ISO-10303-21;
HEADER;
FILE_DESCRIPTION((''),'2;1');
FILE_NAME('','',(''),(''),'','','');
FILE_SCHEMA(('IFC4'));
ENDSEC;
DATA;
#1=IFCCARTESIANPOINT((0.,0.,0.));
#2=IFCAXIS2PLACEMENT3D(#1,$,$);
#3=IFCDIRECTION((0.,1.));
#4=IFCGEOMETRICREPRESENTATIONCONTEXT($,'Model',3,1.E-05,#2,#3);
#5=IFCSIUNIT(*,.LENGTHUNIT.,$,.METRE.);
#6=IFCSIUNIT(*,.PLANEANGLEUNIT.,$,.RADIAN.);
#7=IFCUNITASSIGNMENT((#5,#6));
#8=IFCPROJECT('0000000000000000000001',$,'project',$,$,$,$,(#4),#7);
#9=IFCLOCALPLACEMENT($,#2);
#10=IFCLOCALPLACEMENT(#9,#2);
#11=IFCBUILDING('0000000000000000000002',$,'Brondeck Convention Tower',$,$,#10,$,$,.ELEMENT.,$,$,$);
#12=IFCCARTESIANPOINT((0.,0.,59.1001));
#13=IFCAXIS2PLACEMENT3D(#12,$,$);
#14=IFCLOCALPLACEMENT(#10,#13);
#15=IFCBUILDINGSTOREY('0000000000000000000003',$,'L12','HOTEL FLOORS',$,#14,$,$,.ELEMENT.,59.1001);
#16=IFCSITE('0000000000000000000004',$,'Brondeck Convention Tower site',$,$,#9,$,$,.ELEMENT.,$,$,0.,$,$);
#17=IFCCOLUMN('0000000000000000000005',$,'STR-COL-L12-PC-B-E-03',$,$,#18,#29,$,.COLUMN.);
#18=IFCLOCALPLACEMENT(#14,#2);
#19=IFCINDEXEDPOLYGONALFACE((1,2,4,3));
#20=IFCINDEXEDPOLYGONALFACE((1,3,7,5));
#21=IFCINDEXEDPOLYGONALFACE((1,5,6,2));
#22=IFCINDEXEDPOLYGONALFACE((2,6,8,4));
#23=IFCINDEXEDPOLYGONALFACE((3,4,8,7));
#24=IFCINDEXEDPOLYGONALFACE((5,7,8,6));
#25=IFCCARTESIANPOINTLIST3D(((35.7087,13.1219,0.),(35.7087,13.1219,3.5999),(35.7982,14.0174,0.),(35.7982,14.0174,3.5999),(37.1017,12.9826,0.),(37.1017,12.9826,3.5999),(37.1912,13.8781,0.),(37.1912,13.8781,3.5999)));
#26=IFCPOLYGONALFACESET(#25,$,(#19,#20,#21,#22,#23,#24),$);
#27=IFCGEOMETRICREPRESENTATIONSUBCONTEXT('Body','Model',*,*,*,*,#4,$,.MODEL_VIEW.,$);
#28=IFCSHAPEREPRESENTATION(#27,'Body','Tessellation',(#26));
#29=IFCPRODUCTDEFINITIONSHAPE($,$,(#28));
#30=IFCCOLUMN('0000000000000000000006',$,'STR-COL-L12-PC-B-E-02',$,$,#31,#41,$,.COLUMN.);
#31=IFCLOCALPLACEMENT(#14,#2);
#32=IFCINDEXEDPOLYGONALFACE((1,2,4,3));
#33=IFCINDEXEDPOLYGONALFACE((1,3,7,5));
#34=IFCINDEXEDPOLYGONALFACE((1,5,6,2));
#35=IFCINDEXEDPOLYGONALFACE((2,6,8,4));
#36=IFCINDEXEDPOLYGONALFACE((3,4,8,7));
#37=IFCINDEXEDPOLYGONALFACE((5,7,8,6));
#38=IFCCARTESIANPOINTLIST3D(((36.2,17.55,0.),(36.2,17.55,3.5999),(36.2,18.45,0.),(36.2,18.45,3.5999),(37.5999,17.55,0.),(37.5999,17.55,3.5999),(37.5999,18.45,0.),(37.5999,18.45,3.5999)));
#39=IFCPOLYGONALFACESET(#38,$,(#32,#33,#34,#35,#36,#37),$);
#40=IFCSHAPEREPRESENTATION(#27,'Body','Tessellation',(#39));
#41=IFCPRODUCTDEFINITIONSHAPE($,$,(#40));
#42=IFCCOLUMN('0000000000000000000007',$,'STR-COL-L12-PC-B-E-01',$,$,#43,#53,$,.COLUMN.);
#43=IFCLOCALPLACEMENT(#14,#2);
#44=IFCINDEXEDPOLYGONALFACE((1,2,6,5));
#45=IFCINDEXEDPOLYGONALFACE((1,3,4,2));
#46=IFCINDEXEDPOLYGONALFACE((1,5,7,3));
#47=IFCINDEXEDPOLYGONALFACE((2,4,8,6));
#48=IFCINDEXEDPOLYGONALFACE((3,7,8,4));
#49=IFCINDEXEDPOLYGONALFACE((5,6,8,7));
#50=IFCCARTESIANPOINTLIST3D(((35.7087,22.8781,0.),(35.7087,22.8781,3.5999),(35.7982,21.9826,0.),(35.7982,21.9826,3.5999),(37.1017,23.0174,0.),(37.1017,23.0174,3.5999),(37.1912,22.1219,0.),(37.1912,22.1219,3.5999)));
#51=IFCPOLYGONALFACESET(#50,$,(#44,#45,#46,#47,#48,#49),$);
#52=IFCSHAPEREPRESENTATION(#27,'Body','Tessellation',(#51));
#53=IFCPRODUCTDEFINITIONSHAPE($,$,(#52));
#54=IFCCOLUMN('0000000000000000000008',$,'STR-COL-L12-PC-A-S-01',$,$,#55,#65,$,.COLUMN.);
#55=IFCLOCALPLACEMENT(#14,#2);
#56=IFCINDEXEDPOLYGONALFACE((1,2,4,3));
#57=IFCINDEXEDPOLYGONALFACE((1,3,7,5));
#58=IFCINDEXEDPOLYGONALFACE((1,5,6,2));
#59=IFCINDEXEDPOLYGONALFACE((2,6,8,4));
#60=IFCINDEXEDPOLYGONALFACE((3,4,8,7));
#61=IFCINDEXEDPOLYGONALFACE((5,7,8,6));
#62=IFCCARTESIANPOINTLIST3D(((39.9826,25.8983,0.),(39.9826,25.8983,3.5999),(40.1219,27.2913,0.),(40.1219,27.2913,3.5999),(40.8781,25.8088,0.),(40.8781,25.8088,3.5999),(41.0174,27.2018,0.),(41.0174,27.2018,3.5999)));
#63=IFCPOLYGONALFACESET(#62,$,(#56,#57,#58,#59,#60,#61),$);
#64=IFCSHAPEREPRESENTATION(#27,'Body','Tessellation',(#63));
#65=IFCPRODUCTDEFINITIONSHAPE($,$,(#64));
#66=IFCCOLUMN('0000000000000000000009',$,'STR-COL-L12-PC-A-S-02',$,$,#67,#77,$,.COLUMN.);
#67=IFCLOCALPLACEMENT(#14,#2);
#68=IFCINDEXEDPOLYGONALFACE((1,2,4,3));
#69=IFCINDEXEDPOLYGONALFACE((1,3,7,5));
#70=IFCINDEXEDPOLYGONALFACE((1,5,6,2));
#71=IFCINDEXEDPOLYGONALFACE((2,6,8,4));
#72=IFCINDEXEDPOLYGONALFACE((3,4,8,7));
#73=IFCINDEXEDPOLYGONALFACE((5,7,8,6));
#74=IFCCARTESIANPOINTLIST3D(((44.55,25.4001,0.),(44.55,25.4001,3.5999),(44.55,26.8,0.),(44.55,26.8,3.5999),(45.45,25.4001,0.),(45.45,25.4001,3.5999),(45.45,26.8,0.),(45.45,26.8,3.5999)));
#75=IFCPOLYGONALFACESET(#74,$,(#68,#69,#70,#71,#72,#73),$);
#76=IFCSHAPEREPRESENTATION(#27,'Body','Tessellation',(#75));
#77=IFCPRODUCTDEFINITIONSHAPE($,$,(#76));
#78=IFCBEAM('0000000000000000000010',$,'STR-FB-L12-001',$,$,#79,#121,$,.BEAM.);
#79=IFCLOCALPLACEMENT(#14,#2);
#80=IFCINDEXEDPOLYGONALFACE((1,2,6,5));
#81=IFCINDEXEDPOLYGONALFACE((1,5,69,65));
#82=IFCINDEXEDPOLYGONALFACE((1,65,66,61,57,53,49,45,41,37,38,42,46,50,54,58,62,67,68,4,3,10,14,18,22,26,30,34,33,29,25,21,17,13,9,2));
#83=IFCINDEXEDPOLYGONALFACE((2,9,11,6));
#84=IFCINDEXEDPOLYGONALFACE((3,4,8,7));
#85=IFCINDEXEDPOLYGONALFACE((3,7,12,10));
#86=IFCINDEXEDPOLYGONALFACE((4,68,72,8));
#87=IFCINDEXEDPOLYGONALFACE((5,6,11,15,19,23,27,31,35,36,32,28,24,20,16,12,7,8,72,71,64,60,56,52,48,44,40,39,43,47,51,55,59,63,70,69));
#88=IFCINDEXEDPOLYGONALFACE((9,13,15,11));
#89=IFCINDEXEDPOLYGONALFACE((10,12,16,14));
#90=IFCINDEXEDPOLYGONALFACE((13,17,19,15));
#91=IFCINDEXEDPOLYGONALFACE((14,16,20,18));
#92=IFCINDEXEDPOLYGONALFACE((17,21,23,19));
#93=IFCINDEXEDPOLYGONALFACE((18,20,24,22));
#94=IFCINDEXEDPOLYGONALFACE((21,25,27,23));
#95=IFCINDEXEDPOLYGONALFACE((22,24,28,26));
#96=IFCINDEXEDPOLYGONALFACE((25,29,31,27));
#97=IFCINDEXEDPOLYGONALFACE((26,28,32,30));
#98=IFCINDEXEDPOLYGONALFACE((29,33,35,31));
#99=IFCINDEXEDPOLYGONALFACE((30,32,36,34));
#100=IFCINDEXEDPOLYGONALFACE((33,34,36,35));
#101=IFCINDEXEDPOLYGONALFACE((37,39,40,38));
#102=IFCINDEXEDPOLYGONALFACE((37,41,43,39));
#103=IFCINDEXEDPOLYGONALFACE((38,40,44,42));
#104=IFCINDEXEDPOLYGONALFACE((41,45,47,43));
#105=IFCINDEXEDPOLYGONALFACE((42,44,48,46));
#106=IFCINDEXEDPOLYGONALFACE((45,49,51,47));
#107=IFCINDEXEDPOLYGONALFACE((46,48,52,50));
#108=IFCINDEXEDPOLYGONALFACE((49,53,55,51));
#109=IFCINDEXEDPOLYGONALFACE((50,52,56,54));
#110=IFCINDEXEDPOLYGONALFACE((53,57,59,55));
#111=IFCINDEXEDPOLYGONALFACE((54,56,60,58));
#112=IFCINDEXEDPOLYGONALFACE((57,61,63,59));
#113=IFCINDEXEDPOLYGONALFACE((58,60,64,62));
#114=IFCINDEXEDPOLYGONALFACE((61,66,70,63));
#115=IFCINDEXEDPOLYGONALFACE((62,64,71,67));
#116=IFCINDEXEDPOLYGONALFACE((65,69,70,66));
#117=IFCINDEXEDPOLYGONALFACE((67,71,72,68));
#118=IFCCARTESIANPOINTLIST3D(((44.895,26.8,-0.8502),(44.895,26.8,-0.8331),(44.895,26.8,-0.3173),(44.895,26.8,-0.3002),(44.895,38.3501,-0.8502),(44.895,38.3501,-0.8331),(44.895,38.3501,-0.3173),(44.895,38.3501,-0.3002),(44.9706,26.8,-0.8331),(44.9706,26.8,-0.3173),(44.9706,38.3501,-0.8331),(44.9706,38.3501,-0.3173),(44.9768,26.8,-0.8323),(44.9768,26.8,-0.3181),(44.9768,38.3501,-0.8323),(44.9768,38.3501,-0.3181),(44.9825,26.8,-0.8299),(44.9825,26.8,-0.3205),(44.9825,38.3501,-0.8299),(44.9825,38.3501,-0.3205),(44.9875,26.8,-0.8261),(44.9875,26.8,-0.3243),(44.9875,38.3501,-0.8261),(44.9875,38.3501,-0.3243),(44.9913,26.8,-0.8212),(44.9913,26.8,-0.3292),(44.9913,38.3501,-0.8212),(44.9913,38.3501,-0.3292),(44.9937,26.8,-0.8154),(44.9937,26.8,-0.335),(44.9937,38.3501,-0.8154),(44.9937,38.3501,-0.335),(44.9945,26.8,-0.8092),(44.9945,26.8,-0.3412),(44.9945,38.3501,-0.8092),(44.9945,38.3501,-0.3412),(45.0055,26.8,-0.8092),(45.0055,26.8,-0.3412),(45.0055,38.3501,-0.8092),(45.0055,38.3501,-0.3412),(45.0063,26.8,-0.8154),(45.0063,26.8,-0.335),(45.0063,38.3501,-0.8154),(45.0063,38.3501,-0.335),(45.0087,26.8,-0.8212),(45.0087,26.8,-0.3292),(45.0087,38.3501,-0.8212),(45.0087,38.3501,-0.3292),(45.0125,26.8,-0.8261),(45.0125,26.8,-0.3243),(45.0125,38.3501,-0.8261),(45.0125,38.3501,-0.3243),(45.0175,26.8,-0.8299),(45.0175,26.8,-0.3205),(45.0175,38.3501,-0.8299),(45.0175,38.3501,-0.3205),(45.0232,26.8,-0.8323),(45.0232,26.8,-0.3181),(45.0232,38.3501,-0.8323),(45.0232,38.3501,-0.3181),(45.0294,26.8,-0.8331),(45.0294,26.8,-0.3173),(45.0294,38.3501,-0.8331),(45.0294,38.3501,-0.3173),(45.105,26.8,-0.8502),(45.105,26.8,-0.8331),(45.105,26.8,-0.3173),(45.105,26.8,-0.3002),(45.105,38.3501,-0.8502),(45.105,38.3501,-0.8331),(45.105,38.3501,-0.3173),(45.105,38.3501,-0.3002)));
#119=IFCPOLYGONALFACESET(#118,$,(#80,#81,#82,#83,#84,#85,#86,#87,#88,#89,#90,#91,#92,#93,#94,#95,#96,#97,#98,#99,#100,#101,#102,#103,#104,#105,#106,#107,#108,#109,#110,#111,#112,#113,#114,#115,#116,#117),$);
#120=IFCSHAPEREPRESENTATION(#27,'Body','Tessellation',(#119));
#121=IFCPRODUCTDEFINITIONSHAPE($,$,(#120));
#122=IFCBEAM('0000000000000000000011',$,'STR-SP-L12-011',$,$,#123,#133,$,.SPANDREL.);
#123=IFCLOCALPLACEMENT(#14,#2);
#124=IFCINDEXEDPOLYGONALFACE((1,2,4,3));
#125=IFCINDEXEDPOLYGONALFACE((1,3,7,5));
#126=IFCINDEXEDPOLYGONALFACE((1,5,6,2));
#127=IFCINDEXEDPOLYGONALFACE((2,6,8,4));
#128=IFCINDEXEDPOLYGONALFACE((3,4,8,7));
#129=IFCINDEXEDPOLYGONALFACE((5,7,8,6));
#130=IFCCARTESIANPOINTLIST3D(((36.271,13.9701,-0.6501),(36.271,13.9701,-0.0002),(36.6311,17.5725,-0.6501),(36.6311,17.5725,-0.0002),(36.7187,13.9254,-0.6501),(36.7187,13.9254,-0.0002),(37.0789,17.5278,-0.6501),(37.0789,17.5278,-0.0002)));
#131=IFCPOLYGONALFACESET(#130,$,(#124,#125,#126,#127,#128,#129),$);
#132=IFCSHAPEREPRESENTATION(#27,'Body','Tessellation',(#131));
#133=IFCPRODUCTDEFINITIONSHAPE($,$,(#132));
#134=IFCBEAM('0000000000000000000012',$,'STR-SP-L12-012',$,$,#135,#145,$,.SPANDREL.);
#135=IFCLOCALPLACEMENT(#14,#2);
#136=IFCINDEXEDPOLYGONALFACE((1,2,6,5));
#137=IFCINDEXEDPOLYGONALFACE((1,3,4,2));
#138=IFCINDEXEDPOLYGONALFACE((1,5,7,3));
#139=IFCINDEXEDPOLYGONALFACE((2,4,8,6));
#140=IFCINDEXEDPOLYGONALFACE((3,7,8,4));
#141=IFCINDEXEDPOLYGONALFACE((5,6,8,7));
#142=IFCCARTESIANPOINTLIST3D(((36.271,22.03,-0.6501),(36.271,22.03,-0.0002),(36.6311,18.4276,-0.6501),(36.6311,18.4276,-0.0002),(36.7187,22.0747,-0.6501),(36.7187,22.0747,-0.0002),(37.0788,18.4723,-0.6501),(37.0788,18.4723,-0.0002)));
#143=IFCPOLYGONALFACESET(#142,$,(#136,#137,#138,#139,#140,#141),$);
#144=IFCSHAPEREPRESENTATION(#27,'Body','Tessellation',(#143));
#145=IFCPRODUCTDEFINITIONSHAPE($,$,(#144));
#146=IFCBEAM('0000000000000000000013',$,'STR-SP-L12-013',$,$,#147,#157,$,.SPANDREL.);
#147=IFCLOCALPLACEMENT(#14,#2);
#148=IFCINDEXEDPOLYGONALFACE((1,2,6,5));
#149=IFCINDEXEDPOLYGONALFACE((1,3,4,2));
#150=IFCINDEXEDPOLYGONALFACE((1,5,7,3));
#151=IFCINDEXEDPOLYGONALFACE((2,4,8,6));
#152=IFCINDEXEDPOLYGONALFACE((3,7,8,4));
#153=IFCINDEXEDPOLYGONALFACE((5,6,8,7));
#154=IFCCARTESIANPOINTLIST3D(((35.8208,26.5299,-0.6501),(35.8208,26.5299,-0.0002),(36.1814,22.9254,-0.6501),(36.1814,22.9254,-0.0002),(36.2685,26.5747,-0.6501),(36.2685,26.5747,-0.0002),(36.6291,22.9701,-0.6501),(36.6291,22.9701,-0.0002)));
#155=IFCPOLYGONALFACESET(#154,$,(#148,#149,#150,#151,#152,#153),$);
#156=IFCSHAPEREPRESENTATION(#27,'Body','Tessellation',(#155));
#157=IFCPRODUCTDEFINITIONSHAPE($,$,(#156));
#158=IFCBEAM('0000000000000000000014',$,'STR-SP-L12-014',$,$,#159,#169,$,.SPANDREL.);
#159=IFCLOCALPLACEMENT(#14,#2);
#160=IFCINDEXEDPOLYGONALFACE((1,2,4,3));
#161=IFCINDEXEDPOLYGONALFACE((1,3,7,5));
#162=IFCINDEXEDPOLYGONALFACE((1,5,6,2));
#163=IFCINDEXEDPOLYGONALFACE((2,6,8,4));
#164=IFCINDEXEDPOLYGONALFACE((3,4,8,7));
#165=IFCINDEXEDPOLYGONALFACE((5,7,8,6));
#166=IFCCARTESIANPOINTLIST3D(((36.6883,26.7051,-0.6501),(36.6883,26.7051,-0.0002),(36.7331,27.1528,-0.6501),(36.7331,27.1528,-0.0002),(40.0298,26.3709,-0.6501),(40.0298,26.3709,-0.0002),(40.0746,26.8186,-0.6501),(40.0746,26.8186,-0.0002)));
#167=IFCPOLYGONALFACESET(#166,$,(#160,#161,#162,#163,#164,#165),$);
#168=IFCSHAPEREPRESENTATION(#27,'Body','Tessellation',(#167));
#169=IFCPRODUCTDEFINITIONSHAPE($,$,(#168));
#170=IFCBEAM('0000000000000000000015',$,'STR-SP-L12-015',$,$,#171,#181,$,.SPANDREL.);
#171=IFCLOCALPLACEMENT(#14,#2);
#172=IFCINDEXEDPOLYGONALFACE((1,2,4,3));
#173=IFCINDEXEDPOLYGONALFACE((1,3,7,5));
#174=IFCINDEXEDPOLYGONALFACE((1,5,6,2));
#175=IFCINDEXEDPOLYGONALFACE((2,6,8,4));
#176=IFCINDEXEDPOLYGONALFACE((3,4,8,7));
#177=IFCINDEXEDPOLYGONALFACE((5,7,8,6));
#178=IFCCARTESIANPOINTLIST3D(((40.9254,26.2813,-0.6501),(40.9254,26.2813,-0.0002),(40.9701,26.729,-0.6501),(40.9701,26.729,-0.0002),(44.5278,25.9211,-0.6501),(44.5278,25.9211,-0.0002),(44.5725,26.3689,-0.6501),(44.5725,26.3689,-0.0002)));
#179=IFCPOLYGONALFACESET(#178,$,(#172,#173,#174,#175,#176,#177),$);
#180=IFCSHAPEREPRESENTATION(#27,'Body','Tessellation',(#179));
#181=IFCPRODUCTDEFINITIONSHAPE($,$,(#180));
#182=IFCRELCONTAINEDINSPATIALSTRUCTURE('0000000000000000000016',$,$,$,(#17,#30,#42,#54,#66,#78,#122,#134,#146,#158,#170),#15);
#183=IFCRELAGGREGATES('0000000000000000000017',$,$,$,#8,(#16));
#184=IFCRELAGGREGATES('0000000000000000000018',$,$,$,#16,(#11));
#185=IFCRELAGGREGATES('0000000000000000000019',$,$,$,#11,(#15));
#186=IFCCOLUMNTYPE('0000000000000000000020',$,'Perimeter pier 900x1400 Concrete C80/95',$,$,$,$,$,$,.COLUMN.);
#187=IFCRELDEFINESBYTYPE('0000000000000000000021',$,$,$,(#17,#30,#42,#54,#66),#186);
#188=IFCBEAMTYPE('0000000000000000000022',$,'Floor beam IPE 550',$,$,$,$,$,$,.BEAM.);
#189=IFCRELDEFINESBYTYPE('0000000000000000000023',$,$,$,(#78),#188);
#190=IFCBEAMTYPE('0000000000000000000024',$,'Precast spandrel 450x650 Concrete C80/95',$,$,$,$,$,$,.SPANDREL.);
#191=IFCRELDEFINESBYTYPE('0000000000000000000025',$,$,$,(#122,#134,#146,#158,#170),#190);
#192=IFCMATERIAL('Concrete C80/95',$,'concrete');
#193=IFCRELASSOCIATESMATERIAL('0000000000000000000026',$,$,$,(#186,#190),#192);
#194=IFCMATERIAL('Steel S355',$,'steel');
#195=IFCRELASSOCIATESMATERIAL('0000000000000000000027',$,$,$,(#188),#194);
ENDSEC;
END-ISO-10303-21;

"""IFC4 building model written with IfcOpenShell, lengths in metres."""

from ifc_helpers import new_model, si_unit, direction, frame, origin, origin_2d, place, context, subcontext, project, spatial, rectangle, i_section, extrude, material, material_profile, profile_set, type_object, element, save


model = new_model("IFC4")

# Units and contexts
model_context = context("Model", 3, precision=1e-05, world=origin(), true_north=direction((0.0, 1.0)))
body_context = subcontext(model_context, "Body", "Model", "MODEL_VIEW")
ifc_project = project(units=[si_unit("LENGTHUNIT", "METRE"), si_unit("PLANEANGLEUNIT", "RADIAN")], contexts=[model_context])

# Site, building, storey
site_placement = place(None, origin())
site = spatial("IfcSite", under=ifc_project, at=site_placement, Name="Brondeck Convention Tower site", CompositionType="ELEMENT", RefElevation=0.0)
building_placement = place(site_placement, origin())
building = spatial("IfcBuilding", under=site, at=building_placement, Name="Brondeck Convention Tower", CompositionType="ELEMENT")
storey_placement = place(building_placement, frame((0.0, 0.0, 59.1001)))
storey = spatial("IfcBuildingStorey", under=building, at=storey_placement, Name="L12", Description="HOTEL FLOORS", CompositionType="ELEMENT", Elevation=59.1001)

# Columns
ifc_material_1 = material(Name="Concrete C80/95", Category="concrete")
ifc_material_profile_1 = material_profile(ifc_material_1, rectangle(XDim=0.8999, YDim=1.3999, at=origin_2d()), Name="Perimeter pier 900x1400 Concrete C80/95")
ifc_profile_set_1 = profile_set([ifc_material_profile_1], Name="Concrete C80/95")
column_type = type_object("IfcColumnType", Name="Perimeter pier 900x1400 Concrete C80/95", PredefinedType="COLUMN", material=ifc_profile_set_1)
for number, where, z_axis, x_axis, name in (
    (1, (36.45, 13.5, 0.0), (0.0, 0.0, 1.0), (0.099504, 0.995037, 0.0), "STR-COL-L12-PC-B-E-03"),
    (2, (36.8999, 18.0, 0.0), (0.0, 0.0, 1.0), (0.0, 1.0, 0.0), "STR-COL-L12-PC-B-E-02"),
    (3, (36.45, 22.5, 0.0), (0.0, 0.0, 1.0), (-0.099504, 0.995037, 0.0), "STR-COL-L12-PC-B-E-01"),
    (4, (40.5, 26.55, 0.0), (0.0, 0.0, 1.0), (0.995037, -0.099504, 0.0), "STR-COL-L12-PC-A-S-01"),
    (5, (45.0, 26.1001, 0.0), (0.0, 0.0, 1.0), (1.0, 0.0, 0.0), "STR-COL-L12-PC-A-S-02"),
):
    element("IfcColumn", number, at=place(storey_placement, frame(where, z_axis=z_axis, x_axis=x_axis)), inside=storey, type_object=column_type, Name=name, PredefinedType="COLUMN", context=body_context, shape_type="SweptSolid", body=[
        extrude(rectangle(XDim=0.8999, YDim=1.3999, at=origin_2d()), origin(), (0.0, 0.0, 1.0), 3.5999),
    ])

# Beams
ifc_material_2 = material(Name="Steel S355", Category="steel")
ifc_material_profile_2 = material_profile(ifc_material_2, i_section(OverallWidth=0.21, OverallDepth=0.55, WebThickness=0.011, FlangeThickness=0.0171, FilletRadius=0.0239, at=origin_2d()), Name="IPE 550")
ifc_profile_set_2 = profile_set([ifc_material_profile_2], Name="Steel S355")
beam_type_1 = type_object("IfcBeamType", Name="Floor beam IPE 550", PredefinedType="BEAM", material=ifc_profile_set_2)
beam_1_placement = place(storey_placement, frame((45.0, 26.8, -0.5752), z_axis=(0.0, 1.0, 0.0), x_axis=(-1.0, 0.0, 0.0)))
element("IfcBeam", 6, at=beam_1_placement, inside=storey, type_object=beam_type_1, Name="STR-FB-L12-001", PredefinedType="BEAM", context=body_context, shape_type="SweptSolid", body=[
    extrude(i_section(OverallWidth=0.21, OverallDepth=0.55, WebThickness=0.011, FlangeThickness=0.0171, FilletRadius=0.0239, at=origin_2d()), origin(), (0.0, 0.0, 1.0), 11.55),
])
ifc_material_profile_3 = material_profile(ifc_material_1, rectangle(XDim=0.45, YDim=0.6499, at=origin_2d()), Name="Precast spandrel 450x650 Concrete C80/95")
ifc_profile_set_3 = profile_set([ifc_material_profile_3], Name="Concrete C80/95")
beam_type_2 = type_object("IfcBeamType", Name="Precast spandrel 450x650 Concrete C80/95", PredefinedType="SPANDREL", material=ifc_profile_set_3)
for number, where, z_axis, x_axis, name in (
    (7, (36.4949, 13.9478, -0.3252), (0.09947, 0.995041, 0.0), (-0.995041, 0.09947, 0.0), "STR-SP-L12-011"),
    (8, (36.855, 18.45, -0.3252), (-0.09947, 0.995041, 0.0), (-0.995041, -0.09947, 0.0), "STR-SP-L12-012"),
):
    element("IfcBeam", number, at=place(storey_placement, frame(where, z_axis=z_axis, x_axis=x_axis)), inside=storey, type_object=beam_type_2, Name=name, PredefinedType="SPANDREL", context=body_context, shape_type="SweptSolid", body=[
        extrude(rectangle(XDim=0.45, YDim=0.6499, at=origin_2d()), origin(), (0.0, 0.0, 1.0), 3.6204),
    ])
beam_2_placement = place(storey_placement, frame((36.4053, 22.9478, -0.3252), z_axis=(-0.099544, 0.995033, 0.0), x_axis=(-0.995033, -0.099544, 0.0)))
element("IfcBeam", 9, at=beam_2_placement, inside=storey, type_object=beam_type_2, Name="STR-SP-L12-013", PredefinedType="SPANDREL", context=body_context, shape_type="SweptSolid", body=[
    extrude(rectangle(XDim=0.45, YDim=0.6499, at=origin_2d()), origin(), (0.0, 0.0, 1.0), 3.6226),
])
beam_3_placement = place(storey_placement, frame((36.7107, 26.929, -0.3252), z_axis=(0.995035, -0.099525, 0.0), x_axis=(0.099525, 0.995035, 0.0)))
element("IfcBeam", 10, at=beam_3_placement, inside=storey, type_object=beam_type_2, Name="STR-SP-L12-014", PredefinedType="SPANDREL", context=body_context, shape_type="SweptSolid", body=[
    extrude(rectangle(XDim=0.45, YDim=0.6499, at=origin_2d()), origin(), (0.0, 0.0, 1.0), 3.3582),
])
beam_4_placement = place(storey_placement, frame((40.9478, 26.5051, -0.3252), z_axis=(0.995041, -0.09947, 0.0), x_axis=(0.09947, 0.995041, 0.0)))
element("IfcBeam", 11, at=beam_4_placement, inside=storey, type_object=beam_type_2, Name="STR-SP-L12-015", PredefinedType="SPANDREL", context=body_context, shape_type="SweptSolid", body=[
    extrude(rectangle(XDim=0.45, YDim=0.6499, at=origin_2d()), origin(), (0.0, 0.0, 1.0), 3.6204),
])

save(model, "model.ifc")
